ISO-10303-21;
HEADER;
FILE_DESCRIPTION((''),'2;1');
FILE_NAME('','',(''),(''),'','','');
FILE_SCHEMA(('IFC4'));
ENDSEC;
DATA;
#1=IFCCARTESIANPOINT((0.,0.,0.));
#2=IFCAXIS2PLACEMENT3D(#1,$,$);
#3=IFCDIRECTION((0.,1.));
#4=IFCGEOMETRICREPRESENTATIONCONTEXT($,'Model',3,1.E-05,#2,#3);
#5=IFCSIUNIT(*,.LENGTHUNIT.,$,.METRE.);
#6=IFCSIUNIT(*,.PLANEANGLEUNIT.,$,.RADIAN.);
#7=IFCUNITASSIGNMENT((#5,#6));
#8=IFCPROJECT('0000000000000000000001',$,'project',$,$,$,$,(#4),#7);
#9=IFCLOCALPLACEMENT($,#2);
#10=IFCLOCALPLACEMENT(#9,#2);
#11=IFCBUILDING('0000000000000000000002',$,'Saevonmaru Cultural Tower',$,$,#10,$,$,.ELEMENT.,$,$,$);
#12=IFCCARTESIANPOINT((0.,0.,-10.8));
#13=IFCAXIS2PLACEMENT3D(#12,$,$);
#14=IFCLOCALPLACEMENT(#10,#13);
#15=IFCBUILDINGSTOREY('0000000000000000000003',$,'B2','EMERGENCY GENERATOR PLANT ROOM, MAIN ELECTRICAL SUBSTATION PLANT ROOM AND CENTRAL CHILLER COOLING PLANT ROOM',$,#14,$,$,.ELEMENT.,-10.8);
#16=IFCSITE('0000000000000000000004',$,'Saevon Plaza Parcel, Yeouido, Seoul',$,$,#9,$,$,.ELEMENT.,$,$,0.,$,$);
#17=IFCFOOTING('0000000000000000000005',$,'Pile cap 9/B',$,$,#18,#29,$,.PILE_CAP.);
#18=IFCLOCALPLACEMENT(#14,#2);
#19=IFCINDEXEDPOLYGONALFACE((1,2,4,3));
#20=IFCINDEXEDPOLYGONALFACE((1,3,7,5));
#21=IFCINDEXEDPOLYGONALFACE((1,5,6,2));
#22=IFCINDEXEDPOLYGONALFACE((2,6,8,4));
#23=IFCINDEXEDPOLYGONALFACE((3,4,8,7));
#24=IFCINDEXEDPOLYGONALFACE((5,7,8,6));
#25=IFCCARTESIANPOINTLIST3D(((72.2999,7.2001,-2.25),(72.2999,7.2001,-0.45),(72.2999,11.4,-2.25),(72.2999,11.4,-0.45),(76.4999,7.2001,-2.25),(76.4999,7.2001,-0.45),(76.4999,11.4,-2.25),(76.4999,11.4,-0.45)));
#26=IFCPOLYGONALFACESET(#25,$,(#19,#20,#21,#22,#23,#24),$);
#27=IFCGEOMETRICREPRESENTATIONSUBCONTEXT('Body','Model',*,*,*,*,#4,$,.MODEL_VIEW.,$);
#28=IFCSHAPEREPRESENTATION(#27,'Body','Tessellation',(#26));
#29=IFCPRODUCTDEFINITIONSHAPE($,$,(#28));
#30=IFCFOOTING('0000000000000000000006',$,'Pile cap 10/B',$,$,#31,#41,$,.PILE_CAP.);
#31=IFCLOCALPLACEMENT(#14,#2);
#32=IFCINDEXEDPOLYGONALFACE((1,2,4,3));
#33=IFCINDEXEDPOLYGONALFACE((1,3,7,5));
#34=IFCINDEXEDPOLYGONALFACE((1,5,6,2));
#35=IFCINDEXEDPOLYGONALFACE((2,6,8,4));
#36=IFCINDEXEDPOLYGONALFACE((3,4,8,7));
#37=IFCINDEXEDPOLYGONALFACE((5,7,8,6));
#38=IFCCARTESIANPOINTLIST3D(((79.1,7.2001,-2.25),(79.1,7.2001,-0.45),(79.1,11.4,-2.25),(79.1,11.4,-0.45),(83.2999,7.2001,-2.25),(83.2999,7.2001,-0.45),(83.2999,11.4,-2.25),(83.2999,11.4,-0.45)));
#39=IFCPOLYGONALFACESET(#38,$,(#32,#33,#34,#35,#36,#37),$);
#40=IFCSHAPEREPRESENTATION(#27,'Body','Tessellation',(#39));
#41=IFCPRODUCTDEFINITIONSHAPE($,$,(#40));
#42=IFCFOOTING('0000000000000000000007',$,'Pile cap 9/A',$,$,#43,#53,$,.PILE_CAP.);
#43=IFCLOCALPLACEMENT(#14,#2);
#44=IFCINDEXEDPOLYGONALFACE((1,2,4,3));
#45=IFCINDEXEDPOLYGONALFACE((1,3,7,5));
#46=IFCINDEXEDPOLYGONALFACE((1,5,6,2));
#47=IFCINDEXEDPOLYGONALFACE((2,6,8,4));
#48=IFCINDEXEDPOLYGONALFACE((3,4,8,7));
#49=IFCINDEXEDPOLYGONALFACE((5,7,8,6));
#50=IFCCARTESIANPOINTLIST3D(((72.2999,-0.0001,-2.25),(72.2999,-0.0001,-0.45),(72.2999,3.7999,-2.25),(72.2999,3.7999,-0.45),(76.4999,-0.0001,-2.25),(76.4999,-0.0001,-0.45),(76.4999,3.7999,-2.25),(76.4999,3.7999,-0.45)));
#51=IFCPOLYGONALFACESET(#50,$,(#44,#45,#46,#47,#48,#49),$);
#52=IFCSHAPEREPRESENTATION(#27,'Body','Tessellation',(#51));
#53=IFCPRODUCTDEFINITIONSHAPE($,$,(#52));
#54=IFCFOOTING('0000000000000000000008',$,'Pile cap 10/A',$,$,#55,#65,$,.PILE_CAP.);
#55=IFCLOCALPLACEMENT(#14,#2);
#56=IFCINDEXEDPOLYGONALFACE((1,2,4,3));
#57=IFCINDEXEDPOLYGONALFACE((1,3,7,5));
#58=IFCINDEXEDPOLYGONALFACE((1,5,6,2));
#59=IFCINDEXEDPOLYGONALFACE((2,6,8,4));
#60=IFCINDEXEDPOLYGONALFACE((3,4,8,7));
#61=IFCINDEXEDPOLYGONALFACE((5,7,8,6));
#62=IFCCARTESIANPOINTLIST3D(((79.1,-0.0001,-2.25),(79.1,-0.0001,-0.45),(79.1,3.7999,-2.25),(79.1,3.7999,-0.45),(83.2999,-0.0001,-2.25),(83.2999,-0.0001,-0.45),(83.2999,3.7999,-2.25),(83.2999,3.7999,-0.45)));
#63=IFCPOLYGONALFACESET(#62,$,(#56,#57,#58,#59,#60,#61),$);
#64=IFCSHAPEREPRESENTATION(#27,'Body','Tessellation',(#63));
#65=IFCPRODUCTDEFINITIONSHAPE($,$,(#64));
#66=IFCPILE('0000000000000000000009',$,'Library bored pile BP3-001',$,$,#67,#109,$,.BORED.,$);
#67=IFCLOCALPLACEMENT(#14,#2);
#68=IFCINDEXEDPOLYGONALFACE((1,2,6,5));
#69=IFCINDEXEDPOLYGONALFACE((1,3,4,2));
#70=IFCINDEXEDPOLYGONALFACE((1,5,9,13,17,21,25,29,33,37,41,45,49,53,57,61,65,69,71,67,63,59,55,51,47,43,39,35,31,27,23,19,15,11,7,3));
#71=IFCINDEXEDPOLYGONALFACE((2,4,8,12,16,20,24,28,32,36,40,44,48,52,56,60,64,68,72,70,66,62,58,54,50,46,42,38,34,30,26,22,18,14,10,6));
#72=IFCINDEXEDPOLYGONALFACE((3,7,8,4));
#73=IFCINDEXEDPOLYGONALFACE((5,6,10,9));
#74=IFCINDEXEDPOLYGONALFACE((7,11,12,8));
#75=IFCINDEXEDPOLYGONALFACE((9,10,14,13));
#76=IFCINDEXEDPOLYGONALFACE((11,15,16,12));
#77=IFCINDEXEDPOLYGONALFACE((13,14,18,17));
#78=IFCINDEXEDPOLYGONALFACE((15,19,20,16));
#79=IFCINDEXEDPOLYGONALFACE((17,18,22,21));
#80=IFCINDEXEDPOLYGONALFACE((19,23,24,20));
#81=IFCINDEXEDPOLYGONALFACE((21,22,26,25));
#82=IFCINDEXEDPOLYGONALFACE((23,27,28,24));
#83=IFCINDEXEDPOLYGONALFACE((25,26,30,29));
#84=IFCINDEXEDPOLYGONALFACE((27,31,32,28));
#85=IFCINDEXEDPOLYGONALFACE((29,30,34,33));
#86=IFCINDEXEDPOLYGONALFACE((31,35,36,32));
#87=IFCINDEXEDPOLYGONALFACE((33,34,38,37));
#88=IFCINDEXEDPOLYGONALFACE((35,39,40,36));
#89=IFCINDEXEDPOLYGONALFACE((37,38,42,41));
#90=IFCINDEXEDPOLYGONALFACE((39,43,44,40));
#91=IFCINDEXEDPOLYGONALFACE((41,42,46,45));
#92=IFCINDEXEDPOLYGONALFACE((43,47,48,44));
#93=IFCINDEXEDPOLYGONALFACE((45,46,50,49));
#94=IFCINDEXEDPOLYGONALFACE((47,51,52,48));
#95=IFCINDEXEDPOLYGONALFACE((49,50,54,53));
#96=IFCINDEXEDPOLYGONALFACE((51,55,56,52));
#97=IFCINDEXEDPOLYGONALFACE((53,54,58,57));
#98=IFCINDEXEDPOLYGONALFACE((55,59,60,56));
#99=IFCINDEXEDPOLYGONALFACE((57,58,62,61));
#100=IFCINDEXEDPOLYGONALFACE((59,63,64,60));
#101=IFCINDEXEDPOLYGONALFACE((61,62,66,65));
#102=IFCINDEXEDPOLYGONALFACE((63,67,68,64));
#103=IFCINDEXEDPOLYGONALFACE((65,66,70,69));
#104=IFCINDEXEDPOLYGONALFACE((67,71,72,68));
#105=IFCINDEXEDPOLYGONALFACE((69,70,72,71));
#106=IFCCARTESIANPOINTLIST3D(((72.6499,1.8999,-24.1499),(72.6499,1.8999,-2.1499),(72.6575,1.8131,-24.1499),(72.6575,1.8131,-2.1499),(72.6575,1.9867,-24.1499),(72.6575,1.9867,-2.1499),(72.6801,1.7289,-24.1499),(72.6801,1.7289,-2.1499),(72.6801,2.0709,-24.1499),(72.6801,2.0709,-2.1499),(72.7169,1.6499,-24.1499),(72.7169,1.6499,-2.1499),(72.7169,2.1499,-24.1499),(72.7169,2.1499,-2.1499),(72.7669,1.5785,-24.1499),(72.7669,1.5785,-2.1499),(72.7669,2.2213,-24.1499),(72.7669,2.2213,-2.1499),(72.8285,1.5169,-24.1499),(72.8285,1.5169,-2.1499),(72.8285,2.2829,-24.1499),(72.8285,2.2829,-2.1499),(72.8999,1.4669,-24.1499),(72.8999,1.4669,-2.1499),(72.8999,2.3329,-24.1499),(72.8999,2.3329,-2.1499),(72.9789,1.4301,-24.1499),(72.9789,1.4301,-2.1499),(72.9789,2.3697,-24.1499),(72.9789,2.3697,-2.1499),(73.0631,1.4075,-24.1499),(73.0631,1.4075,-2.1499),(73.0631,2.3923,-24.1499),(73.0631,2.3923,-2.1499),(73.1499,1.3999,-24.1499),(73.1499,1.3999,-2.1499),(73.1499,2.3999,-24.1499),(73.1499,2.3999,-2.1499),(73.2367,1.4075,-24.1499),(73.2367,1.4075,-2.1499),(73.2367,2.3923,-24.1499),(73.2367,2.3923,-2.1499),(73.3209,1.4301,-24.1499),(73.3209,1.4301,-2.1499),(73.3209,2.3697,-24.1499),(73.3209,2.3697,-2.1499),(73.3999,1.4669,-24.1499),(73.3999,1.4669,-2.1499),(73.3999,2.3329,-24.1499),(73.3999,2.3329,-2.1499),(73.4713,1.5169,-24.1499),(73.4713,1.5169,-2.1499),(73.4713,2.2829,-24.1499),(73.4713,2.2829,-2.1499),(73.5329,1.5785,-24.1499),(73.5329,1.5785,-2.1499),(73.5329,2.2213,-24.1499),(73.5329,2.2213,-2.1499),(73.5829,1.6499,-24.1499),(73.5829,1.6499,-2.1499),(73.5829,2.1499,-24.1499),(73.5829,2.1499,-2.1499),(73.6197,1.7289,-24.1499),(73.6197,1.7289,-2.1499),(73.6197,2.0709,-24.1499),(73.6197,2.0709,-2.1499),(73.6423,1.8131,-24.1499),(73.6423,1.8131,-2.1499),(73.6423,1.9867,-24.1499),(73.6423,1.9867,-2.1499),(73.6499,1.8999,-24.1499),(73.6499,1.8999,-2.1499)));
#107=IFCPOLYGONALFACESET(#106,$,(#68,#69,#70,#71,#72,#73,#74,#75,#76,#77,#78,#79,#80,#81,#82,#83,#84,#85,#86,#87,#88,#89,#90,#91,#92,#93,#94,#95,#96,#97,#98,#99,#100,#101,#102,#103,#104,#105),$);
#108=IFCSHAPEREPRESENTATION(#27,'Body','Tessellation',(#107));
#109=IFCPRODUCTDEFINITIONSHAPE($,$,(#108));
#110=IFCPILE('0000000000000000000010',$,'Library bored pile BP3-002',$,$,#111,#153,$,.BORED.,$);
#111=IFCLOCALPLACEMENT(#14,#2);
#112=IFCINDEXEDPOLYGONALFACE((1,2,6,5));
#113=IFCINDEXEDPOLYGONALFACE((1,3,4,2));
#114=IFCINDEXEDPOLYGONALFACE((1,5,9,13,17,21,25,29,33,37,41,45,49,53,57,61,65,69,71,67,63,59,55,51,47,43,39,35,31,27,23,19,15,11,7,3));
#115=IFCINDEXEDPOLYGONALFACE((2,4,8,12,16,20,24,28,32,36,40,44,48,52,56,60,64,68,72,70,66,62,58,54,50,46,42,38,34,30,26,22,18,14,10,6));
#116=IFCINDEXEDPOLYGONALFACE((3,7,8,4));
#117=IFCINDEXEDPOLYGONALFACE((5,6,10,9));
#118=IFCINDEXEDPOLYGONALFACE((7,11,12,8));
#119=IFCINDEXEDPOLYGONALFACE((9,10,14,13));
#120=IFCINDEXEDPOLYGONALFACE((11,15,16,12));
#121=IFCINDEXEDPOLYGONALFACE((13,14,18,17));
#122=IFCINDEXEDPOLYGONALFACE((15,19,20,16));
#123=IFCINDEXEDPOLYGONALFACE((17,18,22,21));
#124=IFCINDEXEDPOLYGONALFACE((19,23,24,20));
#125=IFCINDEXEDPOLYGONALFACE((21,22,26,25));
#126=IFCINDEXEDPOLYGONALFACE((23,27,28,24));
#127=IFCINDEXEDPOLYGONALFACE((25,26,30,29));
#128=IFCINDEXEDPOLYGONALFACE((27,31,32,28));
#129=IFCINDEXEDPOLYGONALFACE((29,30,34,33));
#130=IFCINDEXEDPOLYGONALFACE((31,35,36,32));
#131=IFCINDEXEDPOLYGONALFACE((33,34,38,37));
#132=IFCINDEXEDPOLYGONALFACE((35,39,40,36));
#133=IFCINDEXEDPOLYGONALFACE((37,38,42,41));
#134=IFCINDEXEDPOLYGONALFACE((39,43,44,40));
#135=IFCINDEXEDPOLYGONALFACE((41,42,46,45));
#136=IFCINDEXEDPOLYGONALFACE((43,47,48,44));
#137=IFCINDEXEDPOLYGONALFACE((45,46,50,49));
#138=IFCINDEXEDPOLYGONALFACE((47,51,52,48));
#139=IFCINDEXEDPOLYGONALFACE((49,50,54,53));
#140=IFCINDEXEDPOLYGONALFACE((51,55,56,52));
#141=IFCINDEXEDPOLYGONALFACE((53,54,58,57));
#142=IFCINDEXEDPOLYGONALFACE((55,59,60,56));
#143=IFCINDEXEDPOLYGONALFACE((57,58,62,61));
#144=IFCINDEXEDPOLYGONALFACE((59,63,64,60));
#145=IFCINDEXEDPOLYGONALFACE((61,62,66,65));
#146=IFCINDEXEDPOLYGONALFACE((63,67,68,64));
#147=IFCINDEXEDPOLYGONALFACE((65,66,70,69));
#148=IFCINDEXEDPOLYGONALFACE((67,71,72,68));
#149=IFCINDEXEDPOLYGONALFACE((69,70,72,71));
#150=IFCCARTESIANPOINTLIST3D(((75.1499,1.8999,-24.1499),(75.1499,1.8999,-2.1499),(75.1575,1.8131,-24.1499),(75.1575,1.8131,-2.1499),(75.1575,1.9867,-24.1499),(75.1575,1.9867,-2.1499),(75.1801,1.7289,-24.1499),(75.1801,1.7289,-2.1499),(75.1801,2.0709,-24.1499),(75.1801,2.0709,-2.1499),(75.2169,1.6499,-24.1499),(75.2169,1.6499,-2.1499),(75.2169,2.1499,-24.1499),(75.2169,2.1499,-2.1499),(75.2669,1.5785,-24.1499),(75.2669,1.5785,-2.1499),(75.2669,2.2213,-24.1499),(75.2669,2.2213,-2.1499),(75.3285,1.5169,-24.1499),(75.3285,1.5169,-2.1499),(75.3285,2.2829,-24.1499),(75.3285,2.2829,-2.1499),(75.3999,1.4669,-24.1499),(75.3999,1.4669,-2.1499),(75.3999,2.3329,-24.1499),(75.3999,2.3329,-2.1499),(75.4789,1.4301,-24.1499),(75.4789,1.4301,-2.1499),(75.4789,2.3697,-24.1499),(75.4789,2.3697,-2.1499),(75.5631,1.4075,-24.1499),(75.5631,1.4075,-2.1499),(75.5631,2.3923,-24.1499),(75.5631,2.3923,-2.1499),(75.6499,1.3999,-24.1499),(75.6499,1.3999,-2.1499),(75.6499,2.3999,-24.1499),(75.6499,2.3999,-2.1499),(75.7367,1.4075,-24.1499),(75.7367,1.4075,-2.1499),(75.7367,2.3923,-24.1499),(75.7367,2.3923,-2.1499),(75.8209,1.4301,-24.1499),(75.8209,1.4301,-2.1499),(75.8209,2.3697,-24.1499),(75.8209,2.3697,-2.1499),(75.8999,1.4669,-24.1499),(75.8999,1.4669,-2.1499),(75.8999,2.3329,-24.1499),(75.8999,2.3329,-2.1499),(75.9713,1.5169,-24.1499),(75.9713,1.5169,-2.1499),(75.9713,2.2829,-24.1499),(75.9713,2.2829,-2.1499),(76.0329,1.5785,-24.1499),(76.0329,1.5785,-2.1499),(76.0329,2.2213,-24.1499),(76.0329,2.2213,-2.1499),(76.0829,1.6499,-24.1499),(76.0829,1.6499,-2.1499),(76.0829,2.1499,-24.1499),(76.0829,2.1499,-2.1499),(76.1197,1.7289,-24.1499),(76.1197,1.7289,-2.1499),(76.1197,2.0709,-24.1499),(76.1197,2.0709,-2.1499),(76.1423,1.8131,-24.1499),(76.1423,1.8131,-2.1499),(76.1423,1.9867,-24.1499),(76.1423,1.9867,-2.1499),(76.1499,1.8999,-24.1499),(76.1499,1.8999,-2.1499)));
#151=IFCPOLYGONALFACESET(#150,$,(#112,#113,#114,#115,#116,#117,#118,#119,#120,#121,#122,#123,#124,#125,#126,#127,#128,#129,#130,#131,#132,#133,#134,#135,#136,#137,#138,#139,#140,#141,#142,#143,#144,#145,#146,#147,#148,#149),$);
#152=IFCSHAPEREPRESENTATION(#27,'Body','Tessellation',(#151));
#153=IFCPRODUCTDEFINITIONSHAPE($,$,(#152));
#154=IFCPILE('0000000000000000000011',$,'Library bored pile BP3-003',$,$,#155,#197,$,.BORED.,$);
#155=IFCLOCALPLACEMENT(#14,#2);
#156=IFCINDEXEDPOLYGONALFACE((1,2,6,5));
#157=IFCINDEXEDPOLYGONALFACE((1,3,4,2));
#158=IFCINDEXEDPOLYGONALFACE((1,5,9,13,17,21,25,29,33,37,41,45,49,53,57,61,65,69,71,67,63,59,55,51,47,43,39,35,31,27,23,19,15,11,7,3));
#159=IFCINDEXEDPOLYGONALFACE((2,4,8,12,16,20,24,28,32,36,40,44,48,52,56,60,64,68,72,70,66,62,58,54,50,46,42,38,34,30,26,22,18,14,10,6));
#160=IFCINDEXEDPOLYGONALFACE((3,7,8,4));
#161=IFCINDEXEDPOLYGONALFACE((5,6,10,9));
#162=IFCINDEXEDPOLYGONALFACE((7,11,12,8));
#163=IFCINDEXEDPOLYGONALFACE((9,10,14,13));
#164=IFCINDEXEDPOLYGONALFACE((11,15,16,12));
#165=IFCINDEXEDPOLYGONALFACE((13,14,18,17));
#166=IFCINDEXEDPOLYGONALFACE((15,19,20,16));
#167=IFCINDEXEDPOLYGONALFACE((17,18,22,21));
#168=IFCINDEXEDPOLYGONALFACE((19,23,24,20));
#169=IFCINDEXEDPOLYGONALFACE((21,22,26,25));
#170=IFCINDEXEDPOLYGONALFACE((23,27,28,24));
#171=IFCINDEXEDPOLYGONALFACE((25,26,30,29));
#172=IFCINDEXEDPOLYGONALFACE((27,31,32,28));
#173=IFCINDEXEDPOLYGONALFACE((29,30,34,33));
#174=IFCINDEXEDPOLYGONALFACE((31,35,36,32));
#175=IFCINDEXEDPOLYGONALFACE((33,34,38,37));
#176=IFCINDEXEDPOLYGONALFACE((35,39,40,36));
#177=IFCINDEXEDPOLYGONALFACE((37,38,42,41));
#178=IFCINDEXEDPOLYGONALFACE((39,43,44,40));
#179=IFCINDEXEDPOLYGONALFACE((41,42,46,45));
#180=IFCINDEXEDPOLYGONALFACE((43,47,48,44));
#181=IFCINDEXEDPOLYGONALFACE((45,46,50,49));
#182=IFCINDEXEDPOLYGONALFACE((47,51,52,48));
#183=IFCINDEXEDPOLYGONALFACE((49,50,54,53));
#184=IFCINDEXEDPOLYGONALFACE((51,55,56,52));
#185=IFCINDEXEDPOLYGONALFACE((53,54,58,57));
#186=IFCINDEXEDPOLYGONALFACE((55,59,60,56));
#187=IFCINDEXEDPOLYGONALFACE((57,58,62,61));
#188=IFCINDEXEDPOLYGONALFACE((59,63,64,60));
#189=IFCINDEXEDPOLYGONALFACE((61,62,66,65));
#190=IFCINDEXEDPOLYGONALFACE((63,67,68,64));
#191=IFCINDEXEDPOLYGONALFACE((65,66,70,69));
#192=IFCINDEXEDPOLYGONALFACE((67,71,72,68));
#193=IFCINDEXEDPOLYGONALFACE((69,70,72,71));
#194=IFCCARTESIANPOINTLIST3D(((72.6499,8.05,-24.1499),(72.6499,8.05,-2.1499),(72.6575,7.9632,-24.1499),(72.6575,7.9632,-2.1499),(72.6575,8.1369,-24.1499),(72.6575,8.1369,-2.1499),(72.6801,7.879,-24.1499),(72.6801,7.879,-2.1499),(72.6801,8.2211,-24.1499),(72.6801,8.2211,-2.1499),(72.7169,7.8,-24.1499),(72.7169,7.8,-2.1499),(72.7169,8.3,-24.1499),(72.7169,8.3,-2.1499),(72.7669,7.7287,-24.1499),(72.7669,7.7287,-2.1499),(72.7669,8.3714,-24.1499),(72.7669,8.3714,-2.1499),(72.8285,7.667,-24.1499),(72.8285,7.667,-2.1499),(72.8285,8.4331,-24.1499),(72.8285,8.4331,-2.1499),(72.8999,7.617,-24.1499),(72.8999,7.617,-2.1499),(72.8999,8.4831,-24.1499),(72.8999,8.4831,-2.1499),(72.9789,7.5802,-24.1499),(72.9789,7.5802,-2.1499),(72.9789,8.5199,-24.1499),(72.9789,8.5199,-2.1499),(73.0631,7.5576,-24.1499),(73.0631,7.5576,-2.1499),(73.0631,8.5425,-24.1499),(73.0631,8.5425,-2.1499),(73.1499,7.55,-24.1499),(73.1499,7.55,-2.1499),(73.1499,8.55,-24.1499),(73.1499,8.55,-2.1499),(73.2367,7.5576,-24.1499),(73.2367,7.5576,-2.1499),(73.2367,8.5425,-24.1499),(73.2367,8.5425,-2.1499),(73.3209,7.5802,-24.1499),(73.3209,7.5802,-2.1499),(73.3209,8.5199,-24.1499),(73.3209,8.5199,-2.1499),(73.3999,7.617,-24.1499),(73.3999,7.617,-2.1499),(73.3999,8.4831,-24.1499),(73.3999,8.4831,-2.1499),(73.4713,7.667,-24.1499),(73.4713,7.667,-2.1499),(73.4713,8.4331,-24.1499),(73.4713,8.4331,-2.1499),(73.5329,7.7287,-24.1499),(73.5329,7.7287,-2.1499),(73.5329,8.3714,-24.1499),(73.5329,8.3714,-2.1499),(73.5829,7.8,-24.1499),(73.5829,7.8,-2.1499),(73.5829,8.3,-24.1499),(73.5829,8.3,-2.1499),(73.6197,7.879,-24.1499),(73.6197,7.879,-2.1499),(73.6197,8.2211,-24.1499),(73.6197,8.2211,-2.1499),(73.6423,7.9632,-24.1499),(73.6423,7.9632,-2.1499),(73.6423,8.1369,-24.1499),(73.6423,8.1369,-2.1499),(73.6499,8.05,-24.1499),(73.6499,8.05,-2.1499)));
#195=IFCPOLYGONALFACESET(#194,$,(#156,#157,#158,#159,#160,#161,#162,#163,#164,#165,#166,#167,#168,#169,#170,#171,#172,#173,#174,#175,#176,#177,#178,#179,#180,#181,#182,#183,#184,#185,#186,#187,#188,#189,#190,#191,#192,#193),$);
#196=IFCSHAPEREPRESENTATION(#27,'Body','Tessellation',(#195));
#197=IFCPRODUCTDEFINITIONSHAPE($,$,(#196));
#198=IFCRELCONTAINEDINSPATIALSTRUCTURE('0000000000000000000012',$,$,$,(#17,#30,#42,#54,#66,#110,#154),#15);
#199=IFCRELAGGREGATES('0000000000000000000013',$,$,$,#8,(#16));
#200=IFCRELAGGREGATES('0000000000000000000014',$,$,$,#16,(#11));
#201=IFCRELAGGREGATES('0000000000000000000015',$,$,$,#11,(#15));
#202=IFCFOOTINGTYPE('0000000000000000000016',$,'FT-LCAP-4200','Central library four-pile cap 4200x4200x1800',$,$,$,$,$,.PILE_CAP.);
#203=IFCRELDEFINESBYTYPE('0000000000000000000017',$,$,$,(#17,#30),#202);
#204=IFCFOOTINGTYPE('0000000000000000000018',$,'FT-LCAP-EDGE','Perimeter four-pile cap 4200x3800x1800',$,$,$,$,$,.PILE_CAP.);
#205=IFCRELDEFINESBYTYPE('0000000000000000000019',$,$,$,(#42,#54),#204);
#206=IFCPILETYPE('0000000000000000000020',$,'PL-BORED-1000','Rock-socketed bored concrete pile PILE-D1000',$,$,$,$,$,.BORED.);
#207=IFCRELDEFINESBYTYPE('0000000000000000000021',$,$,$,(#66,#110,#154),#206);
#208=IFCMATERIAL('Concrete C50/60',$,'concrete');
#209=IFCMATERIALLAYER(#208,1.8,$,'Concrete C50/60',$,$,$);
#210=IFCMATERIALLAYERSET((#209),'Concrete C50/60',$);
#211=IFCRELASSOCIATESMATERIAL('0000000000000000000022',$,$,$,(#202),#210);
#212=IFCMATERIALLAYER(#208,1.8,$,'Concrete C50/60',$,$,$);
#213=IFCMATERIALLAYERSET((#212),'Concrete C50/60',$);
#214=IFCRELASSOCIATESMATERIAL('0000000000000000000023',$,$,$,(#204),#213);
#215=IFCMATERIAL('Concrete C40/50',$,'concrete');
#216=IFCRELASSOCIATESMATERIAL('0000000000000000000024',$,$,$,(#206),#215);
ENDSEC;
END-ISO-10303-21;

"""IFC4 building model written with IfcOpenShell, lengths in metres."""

from ifc_helpers import new_model, si_unit, direction, frame, origin, origin_2d, place, context, subcontext, project, spatial, rectangle, circle, extrude, material, layer, layer_set, material_profile, profile_set, type_object, element, save


model = new_model("IFC4")

# Units and contexts
model_context = context("Model", 3, precision=1e-05, world=origin(), true_north=direction((0.0, 1.0)))
body_context = subcontext(model_context, "Body", "Model", "MODEL_VIEW")
ifc_project = project(units=[si_unit("LENGTHUNIT", "METRE"), si_unit("PLANEANGLEUNIT", "RADIAN")], contexts=[model_context])

# Site, building, storey
site_placement = place(None, origin())
site = spatial("IfcSite", under=ifc_project, at=site_placement, Name="Saevon Plaza Parcel, Yeouido, Seoul", CompositionType="ELEMENT", RefElevation=0.0)
building_placement = place(site_placement, origin())
building = spatial("IfcBuilding", under=site, at=building_placement, Name="Saevonmaru Cultural Tower", CompositionType="ELEMENT")
storey_placement = place(building_placement, frame((0.0, 0.0, -10.8)))
storey = spatial("IfcBuildingStorey", under=building, at=storey_placement, Name="B2", Description="EMERGENCY GENERATOR PLANT ROOM, MAIN ELECTRICAL SUBSTATION PLANT ROOM AND CENTRAL CHILLER COOLING PLANT ROOM", CompositionType="ELEMENT", Elevation=-10.8)

# Footings
ifc_material_1 = material(Name="Concrete C50/60", Category="concrete")
ifc_layer_1 = layer(ifc_material_1, 1.8, Name="Concrete C50/60")
ifc_layer_set_1 = layer_set([ifc_layer_1], Name="Concrete C50/60")
footing_type_1 = type_object("IfcFootingType", Name="FT-LCAP-4200", Description="Central library four-pile cap 4200x4200x1800", PredefinedType="PILE_CAP", material=ifc_layer_set_1)
for number, where, z_axis, x_axis, name in (
    (1, (74.3999, 9.3, -2.25), (0.0, 0.0, 1.0), (1.0, 0.0, 0.0), "Pile cap 9/B"),
    (2, (81.2, 9.3, -2.25), (0.0, 0.0, 1.0), (1.0, 0.0, 0.0), "Pile cap 10/B"),
):
    element("IfcFooting", number, at=place(storey_placement, frame(where, z_axis=z_axis, x_axis=x_axis)), inside=storey, type_object=footing_type_1, Name=name, PredefinedType="PILE_CAP", context=body_context, shape_type="SweptSolid", body=[
        extrude(rectangle(XDim=4.2, YDim=4.2, at=origin_2d()), origin(), (0.0, 0.0, 1.0), 1.8),
    ])
ifc_layer_2 = layer(ifc_material_1, 1.8, Name="Concrete C50/60")
ifc_layer_set_2 = layer_set([ifc_layer_2], Name="Concrete C50/60")
footing_type_2 = type_object("IfcFootingType", Name="FT-LCAP-EDGE", Description="Perimeter four-pile cap 4200x3800x1800", PredefinedType="PILE_CAP", material=ifc_layer_set_2)
for number, where, z_axis, x_axis, name in (
    (3, (74.3999, 1.8999, -2.25), (0.0, 0.0, 1.0), (1.0, 0.0, 0.0), "Pile cap 9/A"),
    (4, (81.2, 1.8999, -2.25), (0.0, 0.0, 1.0), (1.0, 0.0, 0.0), "Pile cap 10/A"),
):
    element("IfcFooting", number, at=place(storey_placement, frame(where, z_axis=z_axis, x_axis=x_axis)), inside=storey, type_object=footing_type_2, Name=name, PredefinedType="PILE_CAP", context=body_context, shape_type="SweptSolid", body=[
        extrude(rectangle(XDim=4.2, YDim=3.8, at=origin_2d()), origin(), (0.0, 0.0, 1.0), 1.8),
    ])

# Piles
ifc_material_2 = material(Name="Concrete C40/50", Category="concrete")
ifc_material_profile_1 = material_profile(ifc_material_2, circle(Radius=0.5, at=origin_2d()), Name="PILE-D1000")
ifc_profile_set_1 = profile_set([ifc_material_profile_1], Name="Concrete C40/50")
pile_type_1 = type_object("IfcPileType", Name="PL-BORED-1000", Description="Rock-socketed bored concrete pile PILE-D1000", PredefinedType="BORED", material=ifc_profile_set_1)
for number, where, z_axis, x_axis, name in (
    (5, (73.1499, 1.8999, -2.1499), (0.0, 0.0, -1.0), (1.0, 0.0, 0.0), "Library bored pile BP3-001"),
    (6, (75.6499, 1.8999, -2.1499), (0.0, 0.0, -1.0), (1.0, 0.0, 0.0), "Library bored pile BP3-002"),
    (7, (73.1499, 8.05, -2.1499), (0.0, 0.0, -1.0), (1.0, 0.0, 0.0), "Library bored pile BP3-003"),
):
    element("IfcPile", number, at=place(storey_placement, frame(where, z_axis=z_axis, x_axis=x_axis)), inside=storey, type_object=pile_type_1, Name=name, PredefinedType="BORED", context=body_context, shape_type="SweptSolid", body=[
        extrude(circle(Radius=0.5, at=origin_2d()), origin(), (0.0, 0.0, 1.0), 22.0),
    ])

save(model, "model.ifc")
